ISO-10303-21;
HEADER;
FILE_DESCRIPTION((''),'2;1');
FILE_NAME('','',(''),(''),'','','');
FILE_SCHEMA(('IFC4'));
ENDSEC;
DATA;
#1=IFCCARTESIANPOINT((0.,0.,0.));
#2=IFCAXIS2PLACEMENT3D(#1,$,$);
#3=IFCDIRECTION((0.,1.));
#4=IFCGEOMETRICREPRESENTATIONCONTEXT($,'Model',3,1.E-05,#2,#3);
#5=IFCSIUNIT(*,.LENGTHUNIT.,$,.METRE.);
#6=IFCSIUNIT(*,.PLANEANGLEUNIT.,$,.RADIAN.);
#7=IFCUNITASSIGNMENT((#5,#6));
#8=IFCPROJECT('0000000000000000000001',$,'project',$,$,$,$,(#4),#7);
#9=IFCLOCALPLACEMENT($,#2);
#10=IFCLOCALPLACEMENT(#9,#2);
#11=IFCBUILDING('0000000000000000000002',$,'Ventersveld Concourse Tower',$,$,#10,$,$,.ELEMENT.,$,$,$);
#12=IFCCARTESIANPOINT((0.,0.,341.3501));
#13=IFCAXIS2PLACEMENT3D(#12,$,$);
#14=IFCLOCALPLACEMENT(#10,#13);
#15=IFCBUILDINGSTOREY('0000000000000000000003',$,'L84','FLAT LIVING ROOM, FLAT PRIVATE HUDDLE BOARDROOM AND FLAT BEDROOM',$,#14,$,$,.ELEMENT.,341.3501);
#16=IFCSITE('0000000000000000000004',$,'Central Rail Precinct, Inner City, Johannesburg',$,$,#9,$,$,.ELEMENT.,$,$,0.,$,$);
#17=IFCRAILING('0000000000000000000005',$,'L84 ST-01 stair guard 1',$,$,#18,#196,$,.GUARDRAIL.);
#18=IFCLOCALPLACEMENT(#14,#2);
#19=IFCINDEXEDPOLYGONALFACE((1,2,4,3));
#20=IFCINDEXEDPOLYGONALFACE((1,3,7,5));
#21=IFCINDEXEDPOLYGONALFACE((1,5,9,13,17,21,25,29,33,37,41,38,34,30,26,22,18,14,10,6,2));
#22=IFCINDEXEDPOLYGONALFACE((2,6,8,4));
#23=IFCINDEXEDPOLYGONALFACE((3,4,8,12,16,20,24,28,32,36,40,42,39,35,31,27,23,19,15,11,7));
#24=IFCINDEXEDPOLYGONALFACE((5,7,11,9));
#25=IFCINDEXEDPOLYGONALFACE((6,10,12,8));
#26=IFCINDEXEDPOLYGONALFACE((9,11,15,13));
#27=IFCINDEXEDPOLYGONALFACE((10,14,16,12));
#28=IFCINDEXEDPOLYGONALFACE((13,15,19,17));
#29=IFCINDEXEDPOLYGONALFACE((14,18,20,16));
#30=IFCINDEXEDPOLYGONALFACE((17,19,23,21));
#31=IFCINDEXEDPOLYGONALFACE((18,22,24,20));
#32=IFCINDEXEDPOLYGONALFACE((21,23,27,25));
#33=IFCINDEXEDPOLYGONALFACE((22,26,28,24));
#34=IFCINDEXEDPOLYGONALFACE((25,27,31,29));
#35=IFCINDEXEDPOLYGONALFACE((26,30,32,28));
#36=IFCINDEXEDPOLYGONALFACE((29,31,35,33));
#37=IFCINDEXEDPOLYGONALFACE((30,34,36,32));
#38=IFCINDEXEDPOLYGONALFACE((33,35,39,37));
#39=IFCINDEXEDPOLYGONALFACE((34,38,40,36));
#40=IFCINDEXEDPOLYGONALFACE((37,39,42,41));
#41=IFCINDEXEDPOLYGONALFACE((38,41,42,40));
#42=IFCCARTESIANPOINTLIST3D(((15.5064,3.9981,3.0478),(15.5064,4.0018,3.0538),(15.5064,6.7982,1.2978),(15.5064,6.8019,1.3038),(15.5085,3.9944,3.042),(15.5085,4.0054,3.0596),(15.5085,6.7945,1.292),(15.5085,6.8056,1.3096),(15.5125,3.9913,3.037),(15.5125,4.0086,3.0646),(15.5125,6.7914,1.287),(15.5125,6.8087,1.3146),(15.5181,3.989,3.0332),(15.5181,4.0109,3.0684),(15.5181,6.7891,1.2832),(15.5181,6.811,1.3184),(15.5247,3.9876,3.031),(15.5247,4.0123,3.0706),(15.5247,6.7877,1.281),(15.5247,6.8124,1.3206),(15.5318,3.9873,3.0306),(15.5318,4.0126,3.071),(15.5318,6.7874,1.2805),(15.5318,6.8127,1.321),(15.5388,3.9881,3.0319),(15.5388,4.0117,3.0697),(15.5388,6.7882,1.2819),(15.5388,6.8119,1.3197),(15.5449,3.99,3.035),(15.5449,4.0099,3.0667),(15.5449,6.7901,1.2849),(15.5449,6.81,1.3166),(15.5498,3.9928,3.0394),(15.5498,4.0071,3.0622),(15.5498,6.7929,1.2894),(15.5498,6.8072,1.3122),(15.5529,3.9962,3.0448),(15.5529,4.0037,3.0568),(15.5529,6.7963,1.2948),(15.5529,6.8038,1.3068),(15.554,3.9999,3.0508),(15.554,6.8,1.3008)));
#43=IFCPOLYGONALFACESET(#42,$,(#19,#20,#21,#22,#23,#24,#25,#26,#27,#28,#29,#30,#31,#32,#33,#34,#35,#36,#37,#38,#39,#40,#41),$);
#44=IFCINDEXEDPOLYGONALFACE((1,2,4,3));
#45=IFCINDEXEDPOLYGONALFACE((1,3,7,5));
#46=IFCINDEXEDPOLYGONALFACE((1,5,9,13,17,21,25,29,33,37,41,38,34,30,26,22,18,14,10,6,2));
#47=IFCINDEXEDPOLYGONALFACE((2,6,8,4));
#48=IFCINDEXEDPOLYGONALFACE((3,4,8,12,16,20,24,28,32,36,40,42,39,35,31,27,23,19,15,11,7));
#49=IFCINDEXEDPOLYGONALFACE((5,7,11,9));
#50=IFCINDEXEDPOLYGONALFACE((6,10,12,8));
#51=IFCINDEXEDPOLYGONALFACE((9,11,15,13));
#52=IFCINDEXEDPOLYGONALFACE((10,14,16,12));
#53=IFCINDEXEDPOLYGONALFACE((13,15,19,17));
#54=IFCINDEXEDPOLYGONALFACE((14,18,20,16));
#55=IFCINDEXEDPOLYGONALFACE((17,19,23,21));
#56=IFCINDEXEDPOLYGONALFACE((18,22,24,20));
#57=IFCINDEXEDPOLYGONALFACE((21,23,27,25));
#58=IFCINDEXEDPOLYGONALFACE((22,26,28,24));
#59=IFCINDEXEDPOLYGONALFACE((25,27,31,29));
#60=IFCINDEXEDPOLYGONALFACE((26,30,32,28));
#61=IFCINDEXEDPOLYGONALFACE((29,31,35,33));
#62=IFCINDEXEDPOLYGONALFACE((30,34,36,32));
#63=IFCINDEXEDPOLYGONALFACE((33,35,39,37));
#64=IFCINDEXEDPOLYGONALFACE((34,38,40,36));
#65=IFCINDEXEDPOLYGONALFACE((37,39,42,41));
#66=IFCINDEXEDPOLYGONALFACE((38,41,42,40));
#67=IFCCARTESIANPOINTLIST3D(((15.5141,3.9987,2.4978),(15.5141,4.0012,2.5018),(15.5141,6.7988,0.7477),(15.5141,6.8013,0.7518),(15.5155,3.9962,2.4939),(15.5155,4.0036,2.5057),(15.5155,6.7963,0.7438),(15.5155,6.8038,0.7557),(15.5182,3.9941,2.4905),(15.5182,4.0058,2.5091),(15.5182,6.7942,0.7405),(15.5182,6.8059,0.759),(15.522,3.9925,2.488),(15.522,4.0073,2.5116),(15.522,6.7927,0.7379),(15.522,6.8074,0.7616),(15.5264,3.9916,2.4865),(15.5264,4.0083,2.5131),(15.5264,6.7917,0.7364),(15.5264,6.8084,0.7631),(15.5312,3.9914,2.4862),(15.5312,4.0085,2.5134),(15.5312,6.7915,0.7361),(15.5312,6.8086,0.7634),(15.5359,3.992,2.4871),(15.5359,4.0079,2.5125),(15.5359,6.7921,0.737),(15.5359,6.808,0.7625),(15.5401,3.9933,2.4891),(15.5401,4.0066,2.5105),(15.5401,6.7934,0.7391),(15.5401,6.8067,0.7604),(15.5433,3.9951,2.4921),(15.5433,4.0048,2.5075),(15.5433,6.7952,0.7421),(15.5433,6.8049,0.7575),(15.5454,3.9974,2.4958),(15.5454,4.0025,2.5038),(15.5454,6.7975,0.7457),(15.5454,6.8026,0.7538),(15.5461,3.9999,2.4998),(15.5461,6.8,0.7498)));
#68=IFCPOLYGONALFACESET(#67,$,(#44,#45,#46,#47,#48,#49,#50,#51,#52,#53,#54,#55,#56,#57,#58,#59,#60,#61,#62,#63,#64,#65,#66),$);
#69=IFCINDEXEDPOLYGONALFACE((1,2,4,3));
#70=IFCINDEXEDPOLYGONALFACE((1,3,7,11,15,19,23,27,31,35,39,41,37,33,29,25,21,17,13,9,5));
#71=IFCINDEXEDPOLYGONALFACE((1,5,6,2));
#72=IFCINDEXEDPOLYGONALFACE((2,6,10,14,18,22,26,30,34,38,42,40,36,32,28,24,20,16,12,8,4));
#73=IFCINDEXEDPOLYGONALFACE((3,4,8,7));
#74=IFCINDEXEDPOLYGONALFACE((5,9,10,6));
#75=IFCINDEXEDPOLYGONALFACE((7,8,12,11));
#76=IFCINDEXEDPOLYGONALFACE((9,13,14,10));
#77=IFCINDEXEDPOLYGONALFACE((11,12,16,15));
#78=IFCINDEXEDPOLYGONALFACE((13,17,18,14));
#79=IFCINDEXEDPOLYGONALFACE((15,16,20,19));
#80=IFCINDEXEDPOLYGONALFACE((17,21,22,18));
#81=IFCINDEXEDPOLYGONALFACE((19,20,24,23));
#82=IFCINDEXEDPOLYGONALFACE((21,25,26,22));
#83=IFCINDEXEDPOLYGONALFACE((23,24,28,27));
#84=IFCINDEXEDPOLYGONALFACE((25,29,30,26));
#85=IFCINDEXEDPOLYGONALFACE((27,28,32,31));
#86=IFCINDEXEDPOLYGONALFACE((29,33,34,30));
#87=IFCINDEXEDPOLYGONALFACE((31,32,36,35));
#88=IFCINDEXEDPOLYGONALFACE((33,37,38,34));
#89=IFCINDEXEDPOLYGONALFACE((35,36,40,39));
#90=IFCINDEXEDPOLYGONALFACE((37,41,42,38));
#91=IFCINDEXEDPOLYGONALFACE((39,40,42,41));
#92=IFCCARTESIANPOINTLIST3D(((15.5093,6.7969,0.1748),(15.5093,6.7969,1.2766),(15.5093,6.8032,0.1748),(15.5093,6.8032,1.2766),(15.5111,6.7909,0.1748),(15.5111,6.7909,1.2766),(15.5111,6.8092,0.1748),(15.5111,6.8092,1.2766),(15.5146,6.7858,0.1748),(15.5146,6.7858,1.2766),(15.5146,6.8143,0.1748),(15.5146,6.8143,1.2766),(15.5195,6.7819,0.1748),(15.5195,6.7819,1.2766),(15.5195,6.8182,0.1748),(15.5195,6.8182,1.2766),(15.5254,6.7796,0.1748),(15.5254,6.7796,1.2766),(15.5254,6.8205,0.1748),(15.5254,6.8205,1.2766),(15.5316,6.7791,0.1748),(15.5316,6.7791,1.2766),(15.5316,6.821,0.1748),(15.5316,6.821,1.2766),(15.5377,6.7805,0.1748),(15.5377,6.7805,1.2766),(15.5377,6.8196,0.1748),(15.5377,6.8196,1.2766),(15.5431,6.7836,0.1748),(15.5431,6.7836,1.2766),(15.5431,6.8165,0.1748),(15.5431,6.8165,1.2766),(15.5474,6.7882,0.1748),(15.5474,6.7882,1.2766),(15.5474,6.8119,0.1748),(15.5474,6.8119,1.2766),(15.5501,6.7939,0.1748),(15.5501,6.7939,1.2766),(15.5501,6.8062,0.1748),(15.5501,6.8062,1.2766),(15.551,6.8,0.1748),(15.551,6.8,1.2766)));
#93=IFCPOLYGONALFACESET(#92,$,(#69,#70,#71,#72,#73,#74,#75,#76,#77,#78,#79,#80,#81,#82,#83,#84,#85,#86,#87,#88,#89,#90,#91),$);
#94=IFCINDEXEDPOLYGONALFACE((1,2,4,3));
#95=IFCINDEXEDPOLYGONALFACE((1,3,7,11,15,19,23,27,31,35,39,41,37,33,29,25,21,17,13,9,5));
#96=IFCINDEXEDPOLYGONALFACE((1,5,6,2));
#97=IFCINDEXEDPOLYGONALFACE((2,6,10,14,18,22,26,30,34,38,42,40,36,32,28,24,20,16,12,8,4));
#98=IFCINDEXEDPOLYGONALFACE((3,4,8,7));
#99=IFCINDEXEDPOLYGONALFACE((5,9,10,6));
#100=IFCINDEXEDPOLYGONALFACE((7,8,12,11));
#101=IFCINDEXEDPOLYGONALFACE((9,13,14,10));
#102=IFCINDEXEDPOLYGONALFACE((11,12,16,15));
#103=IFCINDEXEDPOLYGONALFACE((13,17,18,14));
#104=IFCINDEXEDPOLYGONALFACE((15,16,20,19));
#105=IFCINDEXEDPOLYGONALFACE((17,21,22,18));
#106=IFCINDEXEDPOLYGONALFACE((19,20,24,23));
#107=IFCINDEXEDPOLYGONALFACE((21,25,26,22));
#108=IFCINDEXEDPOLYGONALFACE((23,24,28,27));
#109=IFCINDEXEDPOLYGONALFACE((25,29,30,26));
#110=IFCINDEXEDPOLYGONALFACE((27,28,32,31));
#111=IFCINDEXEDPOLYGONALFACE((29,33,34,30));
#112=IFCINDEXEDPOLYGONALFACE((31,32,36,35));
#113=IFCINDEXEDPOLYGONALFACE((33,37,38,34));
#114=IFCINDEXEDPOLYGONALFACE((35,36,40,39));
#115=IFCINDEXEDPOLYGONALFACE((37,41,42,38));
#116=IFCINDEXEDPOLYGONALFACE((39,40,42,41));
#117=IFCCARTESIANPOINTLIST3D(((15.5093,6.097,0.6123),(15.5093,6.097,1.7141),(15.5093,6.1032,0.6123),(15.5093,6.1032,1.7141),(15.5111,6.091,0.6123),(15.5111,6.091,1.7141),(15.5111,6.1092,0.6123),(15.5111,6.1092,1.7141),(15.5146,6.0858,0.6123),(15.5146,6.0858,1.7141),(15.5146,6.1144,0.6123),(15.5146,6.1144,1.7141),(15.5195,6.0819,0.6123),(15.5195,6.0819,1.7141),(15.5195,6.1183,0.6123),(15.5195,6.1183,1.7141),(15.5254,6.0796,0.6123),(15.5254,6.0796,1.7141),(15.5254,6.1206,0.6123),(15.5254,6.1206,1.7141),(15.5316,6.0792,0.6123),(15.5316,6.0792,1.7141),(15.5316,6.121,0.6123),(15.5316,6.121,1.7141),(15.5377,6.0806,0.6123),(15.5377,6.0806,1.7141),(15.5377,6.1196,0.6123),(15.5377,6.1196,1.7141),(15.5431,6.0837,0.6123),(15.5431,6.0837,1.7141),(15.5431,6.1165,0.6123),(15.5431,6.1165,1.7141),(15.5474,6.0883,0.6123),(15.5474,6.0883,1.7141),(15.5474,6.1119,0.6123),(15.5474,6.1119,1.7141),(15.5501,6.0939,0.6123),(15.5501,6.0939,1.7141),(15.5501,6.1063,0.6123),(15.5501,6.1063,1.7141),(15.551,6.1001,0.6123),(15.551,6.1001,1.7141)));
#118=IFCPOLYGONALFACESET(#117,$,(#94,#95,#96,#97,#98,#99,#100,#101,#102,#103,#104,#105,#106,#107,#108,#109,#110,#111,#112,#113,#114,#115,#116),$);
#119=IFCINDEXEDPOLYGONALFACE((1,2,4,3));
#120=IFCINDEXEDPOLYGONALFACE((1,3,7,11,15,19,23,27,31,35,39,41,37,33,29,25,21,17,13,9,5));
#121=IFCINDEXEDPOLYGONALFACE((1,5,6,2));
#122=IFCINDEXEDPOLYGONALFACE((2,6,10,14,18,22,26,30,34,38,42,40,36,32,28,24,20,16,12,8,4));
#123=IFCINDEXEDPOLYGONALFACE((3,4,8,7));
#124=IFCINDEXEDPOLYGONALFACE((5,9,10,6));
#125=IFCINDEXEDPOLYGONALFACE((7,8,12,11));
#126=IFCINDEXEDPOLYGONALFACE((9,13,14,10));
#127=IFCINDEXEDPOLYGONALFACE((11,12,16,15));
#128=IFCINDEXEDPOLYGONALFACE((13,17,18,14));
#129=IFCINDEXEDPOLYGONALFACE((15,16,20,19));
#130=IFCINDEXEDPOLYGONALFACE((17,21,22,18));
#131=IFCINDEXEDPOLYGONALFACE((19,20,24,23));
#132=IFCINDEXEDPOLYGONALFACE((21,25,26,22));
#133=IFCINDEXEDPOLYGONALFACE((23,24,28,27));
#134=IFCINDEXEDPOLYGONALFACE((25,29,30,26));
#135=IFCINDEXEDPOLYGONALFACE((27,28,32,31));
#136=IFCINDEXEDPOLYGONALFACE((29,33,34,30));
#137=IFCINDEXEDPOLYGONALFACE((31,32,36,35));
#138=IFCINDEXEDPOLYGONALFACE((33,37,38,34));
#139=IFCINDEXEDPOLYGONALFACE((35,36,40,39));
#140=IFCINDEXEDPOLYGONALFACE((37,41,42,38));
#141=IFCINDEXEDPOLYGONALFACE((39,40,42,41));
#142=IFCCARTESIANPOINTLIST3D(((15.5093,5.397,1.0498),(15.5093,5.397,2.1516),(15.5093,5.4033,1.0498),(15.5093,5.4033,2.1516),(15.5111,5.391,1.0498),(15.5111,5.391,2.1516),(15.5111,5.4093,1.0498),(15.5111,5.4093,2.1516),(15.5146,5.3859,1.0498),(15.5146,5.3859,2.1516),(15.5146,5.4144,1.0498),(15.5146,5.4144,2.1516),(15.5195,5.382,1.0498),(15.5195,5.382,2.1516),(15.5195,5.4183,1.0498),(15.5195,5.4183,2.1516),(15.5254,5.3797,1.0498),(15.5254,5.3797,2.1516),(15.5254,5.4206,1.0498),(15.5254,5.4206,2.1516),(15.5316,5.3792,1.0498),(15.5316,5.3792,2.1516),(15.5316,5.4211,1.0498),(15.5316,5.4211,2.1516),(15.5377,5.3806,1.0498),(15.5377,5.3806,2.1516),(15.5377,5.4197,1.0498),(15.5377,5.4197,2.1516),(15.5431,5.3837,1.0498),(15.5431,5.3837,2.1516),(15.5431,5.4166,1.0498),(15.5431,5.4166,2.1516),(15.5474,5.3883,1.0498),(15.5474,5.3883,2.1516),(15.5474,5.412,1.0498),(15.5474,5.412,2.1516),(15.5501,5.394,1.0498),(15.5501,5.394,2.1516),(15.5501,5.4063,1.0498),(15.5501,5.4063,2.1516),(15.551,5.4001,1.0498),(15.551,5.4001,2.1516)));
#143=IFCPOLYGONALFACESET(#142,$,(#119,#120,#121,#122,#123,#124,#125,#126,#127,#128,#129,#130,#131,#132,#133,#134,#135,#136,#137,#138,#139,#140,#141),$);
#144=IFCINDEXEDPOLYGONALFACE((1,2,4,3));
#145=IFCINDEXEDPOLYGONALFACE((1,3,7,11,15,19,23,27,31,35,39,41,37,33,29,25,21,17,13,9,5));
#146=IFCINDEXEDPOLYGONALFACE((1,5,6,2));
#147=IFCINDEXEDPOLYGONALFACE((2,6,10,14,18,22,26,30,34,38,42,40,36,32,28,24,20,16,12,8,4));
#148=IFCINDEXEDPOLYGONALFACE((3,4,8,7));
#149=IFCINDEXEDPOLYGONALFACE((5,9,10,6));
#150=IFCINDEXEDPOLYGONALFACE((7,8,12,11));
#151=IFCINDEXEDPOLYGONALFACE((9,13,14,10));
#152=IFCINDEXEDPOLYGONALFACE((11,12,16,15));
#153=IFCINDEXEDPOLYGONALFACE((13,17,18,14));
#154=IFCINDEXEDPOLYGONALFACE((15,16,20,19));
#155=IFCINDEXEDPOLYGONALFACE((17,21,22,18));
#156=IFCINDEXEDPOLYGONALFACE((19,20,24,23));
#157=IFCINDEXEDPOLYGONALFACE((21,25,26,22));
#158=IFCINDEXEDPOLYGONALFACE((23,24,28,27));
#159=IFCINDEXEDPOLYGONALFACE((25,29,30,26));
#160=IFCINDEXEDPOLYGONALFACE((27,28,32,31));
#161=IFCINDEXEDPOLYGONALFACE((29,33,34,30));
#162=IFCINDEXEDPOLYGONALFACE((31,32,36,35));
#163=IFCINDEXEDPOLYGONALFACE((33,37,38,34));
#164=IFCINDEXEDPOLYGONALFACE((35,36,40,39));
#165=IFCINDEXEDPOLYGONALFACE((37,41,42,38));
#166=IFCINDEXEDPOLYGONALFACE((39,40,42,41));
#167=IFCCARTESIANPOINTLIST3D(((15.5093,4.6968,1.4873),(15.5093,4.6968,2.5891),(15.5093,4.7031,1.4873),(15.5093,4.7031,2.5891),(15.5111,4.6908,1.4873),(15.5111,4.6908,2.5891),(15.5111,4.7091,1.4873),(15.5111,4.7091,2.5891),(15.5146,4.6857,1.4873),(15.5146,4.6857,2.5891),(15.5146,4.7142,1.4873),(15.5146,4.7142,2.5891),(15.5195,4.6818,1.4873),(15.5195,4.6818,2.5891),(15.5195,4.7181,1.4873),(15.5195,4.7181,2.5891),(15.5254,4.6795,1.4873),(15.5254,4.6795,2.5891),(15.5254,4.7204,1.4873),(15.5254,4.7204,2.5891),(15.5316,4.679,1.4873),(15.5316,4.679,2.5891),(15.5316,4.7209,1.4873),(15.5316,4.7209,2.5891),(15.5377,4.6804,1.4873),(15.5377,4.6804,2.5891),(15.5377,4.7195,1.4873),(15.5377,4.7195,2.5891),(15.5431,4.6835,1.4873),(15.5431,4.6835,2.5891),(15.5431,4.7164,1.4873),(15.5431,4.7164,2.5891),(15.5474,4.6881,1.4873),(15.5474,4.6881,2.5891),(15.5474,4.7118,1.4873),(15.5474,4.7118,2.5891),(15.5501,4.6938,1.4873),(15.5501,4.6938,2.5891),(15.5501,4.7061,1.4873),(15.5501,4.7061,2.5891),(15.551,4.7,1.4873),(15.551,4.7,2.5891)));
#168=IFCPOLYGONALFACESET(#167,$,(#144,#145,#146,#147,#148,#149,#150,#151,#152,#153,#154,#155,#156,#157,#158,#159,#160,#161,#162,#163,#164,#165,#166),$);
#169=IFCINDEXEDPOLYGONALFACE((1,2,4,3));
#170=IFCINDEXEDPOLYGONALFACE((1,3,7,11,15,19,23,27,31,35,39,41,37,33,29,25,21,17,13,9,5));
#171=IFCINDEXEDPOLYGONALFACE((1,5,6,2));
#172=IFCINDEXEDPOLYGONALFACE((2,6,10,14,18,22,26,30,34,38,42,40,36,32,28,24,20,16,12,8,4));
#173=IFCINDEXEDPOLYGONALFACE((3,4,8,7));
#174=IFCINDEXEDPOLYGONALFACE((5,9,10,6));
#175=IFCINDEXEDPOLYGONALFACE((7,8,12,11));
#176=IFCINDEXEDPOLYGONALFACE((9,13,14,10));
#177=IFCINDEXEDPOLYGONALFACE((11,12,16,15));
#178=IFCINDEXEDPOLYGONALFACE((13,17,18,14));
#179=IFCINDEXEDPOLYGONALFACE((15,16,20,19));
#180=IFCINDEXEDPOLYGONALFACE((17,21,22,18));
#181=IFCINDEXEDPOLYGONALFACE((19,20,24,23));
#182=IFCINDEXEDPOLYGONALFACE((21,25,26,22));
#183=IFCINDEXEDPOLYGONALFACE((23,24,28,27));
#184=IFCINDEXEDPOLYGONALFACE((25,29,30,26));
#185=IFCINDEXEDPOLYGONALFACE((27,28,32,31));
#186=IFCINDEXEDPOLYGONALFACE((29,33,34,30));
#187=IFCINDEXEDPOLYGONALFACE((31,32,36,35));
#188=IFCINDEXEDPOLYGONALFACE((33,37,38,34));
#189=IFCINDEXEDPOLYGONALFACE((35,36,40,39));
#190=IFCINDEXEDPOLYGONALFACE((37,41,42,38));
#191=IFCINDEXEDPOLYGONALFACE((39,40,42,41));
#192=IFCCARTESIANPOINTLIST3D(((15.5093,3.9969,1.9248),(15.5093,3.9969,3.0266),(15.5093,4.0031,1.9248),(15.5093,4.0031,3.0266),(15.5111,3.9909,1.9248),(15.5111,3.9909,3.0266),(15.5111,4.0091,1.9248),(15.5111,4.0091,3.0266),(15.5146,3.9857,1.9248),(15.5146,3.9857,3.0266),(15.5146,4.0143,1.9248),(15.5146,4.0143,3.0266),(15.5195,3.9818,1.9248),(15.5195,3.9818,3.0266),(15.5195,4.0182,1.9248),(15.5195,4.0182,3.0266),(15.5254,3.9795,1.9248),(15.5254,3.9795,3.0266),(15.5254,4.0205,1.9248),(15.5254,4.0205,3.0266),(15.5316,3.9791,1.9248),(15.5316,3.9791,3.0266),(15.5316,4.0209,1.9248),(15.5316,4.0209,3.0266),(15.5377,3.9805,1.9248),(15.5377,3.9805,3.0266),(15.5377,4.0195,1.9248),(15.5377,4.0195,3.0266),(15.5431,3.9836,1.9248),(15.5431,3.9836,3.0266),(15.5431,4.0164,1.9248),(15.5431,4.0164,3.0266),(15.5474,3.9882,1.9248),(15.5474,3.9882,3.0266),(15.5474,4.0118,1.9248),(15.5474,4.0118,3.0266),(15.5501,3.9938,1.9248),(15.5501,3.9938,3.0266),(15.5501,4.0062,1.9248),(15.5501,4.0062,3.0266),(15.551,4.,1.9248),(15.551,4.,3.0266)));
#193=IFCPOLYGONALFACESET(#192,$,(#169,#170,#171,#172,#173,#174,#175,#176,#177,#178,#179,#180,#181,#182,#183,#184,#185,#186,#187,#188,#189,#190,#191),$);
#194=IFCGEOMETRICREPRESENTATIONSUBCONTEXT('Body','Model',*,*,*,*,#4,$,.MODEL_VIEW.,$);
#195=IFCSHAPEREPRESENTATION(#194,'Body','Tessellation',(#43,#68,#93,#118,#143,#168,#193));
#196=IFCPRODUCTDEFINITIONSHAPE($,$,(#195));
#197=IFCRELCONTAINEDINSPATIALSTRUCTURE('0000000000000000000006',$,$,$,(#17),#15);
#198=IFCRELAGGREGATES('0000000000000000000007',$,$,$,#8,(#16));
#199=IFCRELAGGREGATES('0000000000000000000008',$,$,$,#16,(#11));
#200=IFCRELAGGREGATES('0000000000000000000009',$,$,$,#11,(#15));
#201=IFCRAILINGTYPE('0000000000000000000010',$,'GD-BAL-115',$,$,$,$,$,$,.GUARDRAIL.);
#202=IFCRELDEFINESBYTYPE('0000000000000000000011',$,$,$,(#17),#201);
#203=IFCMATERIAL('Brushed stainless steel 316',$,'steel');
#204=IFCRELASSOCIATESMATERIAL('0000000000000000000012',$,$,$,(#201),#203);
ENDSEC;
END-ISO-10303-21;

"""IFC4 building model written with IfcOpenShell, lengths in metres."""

from ifc_helpers import new_model, si_unit, direction, frame, origin, origin_2d, place, context, subcontext, project, spatial, circle, extrude, material, type_object, element, save


model = new_model("IFC4")

# Units and contexts
model_context = context("Model", 3, precision=1e-05, world=origin(), true_north=direction((0.0, 1.0)))
body_context = subcontext(model_context, "Body", "Model", "MODEL_VIEW")
ifc_project = project(units=[si_unit("LENGTHUNIT", "METRE"), si_unit("PLANEANGLEUNIT", "RADIAN")], contexts=[model_context])

# Site, building, storey
site_placement = place(None, origin())
site = spatial("IfcSite", under=ifc_project, at=site_placement, Name="Central Rail Precinct, Inner City, Johannesburg", CompositionType="ELEMENT", RefElevation=0.0)
building_placement = place(site_placement, origin())
building = spatial("IfcBuilding", under=site, at=building_placement, Name="Ventersveld Concourse Tower", CompositionType="ELEMENT")
storey_placement = place(building_placement, frame((0.0, 0.0, 341.3501)))
storey = spatial("IfcBuildingStorey", under=building, at=storey_placement, Name="L84", Description="FLAT LIVING ROOM, FLAT PRIVATE HUDDLE BOARDROOM AND FLAT BEDROOM", CompositionType="ELEMENT", Elevation=341.3501)

# Railing
ifc_material_1 = material(Name="Brushed stainless steel 316", Category="steel")
railing_type_1 = type_object("IfcRailingType", Name="GD-BAL-115", PredefinedType="GUARDRAIL", material=ifc_material_1)
railing_1_placement = place(storey_placement, frame((15.53, 6.8, 0.1748)))
element("IfcRailing", 1, at=railing_1_placement, inside=storey, type_object=railing_type_1, Name="L84 ST-01 stair guard 1", PredefinedType="GUARDRAIL", context=body_context, shape_type="SweptSolid", body=[
    extrude(circle(Radius=0.0239, at=origin_2d()), frame((0.0, 0.0, 1.126), z_axis=(0.0, -0.848002, 0.529992), x_axis=(1.0, 0.0, 0.0)), (0.0, 0.0, 1.0), 3.302),
    extrude(circle(Radius=0.0161, at=origin_2d()), frame((0.0, 0.0, 0.575), z_axis=(0.0, -0.848002, 0.529992), x_axis=(1.0, 0.0, 0.0)), (0.0, 0.0, 1.0), 3.302),
    extrude(circle(Radius=0.021, at=origin_2d()), origin(), (0.0, 0.0, 1.0), 1.1018),
    extrude(circle(Radius=0.021, at=origin_2d()), frame((0.0, -0.7, 0.4375)), (0.0, 0.0, 1.0), 1.1018),
    extrude(circle(Radius=0.021, at=origin_2d()), frame((0.0, -1.3999, 0.875)), (0.0, 0.0, 1.0), 1.1018),
    extrude(circle(Radius=0.021, at=origin_2d()), frame((0.0, -2.1001, 1.3125)), (0.0, 0.0, 1.0), 1.1018),
    extrude(circle(Radius=0.021, at=origin_2d()), frame((0.0, -2.8, 1.75)), (0.0, 0.0, 1.0), 1.1018),
])

save(model, "model.ifc")
